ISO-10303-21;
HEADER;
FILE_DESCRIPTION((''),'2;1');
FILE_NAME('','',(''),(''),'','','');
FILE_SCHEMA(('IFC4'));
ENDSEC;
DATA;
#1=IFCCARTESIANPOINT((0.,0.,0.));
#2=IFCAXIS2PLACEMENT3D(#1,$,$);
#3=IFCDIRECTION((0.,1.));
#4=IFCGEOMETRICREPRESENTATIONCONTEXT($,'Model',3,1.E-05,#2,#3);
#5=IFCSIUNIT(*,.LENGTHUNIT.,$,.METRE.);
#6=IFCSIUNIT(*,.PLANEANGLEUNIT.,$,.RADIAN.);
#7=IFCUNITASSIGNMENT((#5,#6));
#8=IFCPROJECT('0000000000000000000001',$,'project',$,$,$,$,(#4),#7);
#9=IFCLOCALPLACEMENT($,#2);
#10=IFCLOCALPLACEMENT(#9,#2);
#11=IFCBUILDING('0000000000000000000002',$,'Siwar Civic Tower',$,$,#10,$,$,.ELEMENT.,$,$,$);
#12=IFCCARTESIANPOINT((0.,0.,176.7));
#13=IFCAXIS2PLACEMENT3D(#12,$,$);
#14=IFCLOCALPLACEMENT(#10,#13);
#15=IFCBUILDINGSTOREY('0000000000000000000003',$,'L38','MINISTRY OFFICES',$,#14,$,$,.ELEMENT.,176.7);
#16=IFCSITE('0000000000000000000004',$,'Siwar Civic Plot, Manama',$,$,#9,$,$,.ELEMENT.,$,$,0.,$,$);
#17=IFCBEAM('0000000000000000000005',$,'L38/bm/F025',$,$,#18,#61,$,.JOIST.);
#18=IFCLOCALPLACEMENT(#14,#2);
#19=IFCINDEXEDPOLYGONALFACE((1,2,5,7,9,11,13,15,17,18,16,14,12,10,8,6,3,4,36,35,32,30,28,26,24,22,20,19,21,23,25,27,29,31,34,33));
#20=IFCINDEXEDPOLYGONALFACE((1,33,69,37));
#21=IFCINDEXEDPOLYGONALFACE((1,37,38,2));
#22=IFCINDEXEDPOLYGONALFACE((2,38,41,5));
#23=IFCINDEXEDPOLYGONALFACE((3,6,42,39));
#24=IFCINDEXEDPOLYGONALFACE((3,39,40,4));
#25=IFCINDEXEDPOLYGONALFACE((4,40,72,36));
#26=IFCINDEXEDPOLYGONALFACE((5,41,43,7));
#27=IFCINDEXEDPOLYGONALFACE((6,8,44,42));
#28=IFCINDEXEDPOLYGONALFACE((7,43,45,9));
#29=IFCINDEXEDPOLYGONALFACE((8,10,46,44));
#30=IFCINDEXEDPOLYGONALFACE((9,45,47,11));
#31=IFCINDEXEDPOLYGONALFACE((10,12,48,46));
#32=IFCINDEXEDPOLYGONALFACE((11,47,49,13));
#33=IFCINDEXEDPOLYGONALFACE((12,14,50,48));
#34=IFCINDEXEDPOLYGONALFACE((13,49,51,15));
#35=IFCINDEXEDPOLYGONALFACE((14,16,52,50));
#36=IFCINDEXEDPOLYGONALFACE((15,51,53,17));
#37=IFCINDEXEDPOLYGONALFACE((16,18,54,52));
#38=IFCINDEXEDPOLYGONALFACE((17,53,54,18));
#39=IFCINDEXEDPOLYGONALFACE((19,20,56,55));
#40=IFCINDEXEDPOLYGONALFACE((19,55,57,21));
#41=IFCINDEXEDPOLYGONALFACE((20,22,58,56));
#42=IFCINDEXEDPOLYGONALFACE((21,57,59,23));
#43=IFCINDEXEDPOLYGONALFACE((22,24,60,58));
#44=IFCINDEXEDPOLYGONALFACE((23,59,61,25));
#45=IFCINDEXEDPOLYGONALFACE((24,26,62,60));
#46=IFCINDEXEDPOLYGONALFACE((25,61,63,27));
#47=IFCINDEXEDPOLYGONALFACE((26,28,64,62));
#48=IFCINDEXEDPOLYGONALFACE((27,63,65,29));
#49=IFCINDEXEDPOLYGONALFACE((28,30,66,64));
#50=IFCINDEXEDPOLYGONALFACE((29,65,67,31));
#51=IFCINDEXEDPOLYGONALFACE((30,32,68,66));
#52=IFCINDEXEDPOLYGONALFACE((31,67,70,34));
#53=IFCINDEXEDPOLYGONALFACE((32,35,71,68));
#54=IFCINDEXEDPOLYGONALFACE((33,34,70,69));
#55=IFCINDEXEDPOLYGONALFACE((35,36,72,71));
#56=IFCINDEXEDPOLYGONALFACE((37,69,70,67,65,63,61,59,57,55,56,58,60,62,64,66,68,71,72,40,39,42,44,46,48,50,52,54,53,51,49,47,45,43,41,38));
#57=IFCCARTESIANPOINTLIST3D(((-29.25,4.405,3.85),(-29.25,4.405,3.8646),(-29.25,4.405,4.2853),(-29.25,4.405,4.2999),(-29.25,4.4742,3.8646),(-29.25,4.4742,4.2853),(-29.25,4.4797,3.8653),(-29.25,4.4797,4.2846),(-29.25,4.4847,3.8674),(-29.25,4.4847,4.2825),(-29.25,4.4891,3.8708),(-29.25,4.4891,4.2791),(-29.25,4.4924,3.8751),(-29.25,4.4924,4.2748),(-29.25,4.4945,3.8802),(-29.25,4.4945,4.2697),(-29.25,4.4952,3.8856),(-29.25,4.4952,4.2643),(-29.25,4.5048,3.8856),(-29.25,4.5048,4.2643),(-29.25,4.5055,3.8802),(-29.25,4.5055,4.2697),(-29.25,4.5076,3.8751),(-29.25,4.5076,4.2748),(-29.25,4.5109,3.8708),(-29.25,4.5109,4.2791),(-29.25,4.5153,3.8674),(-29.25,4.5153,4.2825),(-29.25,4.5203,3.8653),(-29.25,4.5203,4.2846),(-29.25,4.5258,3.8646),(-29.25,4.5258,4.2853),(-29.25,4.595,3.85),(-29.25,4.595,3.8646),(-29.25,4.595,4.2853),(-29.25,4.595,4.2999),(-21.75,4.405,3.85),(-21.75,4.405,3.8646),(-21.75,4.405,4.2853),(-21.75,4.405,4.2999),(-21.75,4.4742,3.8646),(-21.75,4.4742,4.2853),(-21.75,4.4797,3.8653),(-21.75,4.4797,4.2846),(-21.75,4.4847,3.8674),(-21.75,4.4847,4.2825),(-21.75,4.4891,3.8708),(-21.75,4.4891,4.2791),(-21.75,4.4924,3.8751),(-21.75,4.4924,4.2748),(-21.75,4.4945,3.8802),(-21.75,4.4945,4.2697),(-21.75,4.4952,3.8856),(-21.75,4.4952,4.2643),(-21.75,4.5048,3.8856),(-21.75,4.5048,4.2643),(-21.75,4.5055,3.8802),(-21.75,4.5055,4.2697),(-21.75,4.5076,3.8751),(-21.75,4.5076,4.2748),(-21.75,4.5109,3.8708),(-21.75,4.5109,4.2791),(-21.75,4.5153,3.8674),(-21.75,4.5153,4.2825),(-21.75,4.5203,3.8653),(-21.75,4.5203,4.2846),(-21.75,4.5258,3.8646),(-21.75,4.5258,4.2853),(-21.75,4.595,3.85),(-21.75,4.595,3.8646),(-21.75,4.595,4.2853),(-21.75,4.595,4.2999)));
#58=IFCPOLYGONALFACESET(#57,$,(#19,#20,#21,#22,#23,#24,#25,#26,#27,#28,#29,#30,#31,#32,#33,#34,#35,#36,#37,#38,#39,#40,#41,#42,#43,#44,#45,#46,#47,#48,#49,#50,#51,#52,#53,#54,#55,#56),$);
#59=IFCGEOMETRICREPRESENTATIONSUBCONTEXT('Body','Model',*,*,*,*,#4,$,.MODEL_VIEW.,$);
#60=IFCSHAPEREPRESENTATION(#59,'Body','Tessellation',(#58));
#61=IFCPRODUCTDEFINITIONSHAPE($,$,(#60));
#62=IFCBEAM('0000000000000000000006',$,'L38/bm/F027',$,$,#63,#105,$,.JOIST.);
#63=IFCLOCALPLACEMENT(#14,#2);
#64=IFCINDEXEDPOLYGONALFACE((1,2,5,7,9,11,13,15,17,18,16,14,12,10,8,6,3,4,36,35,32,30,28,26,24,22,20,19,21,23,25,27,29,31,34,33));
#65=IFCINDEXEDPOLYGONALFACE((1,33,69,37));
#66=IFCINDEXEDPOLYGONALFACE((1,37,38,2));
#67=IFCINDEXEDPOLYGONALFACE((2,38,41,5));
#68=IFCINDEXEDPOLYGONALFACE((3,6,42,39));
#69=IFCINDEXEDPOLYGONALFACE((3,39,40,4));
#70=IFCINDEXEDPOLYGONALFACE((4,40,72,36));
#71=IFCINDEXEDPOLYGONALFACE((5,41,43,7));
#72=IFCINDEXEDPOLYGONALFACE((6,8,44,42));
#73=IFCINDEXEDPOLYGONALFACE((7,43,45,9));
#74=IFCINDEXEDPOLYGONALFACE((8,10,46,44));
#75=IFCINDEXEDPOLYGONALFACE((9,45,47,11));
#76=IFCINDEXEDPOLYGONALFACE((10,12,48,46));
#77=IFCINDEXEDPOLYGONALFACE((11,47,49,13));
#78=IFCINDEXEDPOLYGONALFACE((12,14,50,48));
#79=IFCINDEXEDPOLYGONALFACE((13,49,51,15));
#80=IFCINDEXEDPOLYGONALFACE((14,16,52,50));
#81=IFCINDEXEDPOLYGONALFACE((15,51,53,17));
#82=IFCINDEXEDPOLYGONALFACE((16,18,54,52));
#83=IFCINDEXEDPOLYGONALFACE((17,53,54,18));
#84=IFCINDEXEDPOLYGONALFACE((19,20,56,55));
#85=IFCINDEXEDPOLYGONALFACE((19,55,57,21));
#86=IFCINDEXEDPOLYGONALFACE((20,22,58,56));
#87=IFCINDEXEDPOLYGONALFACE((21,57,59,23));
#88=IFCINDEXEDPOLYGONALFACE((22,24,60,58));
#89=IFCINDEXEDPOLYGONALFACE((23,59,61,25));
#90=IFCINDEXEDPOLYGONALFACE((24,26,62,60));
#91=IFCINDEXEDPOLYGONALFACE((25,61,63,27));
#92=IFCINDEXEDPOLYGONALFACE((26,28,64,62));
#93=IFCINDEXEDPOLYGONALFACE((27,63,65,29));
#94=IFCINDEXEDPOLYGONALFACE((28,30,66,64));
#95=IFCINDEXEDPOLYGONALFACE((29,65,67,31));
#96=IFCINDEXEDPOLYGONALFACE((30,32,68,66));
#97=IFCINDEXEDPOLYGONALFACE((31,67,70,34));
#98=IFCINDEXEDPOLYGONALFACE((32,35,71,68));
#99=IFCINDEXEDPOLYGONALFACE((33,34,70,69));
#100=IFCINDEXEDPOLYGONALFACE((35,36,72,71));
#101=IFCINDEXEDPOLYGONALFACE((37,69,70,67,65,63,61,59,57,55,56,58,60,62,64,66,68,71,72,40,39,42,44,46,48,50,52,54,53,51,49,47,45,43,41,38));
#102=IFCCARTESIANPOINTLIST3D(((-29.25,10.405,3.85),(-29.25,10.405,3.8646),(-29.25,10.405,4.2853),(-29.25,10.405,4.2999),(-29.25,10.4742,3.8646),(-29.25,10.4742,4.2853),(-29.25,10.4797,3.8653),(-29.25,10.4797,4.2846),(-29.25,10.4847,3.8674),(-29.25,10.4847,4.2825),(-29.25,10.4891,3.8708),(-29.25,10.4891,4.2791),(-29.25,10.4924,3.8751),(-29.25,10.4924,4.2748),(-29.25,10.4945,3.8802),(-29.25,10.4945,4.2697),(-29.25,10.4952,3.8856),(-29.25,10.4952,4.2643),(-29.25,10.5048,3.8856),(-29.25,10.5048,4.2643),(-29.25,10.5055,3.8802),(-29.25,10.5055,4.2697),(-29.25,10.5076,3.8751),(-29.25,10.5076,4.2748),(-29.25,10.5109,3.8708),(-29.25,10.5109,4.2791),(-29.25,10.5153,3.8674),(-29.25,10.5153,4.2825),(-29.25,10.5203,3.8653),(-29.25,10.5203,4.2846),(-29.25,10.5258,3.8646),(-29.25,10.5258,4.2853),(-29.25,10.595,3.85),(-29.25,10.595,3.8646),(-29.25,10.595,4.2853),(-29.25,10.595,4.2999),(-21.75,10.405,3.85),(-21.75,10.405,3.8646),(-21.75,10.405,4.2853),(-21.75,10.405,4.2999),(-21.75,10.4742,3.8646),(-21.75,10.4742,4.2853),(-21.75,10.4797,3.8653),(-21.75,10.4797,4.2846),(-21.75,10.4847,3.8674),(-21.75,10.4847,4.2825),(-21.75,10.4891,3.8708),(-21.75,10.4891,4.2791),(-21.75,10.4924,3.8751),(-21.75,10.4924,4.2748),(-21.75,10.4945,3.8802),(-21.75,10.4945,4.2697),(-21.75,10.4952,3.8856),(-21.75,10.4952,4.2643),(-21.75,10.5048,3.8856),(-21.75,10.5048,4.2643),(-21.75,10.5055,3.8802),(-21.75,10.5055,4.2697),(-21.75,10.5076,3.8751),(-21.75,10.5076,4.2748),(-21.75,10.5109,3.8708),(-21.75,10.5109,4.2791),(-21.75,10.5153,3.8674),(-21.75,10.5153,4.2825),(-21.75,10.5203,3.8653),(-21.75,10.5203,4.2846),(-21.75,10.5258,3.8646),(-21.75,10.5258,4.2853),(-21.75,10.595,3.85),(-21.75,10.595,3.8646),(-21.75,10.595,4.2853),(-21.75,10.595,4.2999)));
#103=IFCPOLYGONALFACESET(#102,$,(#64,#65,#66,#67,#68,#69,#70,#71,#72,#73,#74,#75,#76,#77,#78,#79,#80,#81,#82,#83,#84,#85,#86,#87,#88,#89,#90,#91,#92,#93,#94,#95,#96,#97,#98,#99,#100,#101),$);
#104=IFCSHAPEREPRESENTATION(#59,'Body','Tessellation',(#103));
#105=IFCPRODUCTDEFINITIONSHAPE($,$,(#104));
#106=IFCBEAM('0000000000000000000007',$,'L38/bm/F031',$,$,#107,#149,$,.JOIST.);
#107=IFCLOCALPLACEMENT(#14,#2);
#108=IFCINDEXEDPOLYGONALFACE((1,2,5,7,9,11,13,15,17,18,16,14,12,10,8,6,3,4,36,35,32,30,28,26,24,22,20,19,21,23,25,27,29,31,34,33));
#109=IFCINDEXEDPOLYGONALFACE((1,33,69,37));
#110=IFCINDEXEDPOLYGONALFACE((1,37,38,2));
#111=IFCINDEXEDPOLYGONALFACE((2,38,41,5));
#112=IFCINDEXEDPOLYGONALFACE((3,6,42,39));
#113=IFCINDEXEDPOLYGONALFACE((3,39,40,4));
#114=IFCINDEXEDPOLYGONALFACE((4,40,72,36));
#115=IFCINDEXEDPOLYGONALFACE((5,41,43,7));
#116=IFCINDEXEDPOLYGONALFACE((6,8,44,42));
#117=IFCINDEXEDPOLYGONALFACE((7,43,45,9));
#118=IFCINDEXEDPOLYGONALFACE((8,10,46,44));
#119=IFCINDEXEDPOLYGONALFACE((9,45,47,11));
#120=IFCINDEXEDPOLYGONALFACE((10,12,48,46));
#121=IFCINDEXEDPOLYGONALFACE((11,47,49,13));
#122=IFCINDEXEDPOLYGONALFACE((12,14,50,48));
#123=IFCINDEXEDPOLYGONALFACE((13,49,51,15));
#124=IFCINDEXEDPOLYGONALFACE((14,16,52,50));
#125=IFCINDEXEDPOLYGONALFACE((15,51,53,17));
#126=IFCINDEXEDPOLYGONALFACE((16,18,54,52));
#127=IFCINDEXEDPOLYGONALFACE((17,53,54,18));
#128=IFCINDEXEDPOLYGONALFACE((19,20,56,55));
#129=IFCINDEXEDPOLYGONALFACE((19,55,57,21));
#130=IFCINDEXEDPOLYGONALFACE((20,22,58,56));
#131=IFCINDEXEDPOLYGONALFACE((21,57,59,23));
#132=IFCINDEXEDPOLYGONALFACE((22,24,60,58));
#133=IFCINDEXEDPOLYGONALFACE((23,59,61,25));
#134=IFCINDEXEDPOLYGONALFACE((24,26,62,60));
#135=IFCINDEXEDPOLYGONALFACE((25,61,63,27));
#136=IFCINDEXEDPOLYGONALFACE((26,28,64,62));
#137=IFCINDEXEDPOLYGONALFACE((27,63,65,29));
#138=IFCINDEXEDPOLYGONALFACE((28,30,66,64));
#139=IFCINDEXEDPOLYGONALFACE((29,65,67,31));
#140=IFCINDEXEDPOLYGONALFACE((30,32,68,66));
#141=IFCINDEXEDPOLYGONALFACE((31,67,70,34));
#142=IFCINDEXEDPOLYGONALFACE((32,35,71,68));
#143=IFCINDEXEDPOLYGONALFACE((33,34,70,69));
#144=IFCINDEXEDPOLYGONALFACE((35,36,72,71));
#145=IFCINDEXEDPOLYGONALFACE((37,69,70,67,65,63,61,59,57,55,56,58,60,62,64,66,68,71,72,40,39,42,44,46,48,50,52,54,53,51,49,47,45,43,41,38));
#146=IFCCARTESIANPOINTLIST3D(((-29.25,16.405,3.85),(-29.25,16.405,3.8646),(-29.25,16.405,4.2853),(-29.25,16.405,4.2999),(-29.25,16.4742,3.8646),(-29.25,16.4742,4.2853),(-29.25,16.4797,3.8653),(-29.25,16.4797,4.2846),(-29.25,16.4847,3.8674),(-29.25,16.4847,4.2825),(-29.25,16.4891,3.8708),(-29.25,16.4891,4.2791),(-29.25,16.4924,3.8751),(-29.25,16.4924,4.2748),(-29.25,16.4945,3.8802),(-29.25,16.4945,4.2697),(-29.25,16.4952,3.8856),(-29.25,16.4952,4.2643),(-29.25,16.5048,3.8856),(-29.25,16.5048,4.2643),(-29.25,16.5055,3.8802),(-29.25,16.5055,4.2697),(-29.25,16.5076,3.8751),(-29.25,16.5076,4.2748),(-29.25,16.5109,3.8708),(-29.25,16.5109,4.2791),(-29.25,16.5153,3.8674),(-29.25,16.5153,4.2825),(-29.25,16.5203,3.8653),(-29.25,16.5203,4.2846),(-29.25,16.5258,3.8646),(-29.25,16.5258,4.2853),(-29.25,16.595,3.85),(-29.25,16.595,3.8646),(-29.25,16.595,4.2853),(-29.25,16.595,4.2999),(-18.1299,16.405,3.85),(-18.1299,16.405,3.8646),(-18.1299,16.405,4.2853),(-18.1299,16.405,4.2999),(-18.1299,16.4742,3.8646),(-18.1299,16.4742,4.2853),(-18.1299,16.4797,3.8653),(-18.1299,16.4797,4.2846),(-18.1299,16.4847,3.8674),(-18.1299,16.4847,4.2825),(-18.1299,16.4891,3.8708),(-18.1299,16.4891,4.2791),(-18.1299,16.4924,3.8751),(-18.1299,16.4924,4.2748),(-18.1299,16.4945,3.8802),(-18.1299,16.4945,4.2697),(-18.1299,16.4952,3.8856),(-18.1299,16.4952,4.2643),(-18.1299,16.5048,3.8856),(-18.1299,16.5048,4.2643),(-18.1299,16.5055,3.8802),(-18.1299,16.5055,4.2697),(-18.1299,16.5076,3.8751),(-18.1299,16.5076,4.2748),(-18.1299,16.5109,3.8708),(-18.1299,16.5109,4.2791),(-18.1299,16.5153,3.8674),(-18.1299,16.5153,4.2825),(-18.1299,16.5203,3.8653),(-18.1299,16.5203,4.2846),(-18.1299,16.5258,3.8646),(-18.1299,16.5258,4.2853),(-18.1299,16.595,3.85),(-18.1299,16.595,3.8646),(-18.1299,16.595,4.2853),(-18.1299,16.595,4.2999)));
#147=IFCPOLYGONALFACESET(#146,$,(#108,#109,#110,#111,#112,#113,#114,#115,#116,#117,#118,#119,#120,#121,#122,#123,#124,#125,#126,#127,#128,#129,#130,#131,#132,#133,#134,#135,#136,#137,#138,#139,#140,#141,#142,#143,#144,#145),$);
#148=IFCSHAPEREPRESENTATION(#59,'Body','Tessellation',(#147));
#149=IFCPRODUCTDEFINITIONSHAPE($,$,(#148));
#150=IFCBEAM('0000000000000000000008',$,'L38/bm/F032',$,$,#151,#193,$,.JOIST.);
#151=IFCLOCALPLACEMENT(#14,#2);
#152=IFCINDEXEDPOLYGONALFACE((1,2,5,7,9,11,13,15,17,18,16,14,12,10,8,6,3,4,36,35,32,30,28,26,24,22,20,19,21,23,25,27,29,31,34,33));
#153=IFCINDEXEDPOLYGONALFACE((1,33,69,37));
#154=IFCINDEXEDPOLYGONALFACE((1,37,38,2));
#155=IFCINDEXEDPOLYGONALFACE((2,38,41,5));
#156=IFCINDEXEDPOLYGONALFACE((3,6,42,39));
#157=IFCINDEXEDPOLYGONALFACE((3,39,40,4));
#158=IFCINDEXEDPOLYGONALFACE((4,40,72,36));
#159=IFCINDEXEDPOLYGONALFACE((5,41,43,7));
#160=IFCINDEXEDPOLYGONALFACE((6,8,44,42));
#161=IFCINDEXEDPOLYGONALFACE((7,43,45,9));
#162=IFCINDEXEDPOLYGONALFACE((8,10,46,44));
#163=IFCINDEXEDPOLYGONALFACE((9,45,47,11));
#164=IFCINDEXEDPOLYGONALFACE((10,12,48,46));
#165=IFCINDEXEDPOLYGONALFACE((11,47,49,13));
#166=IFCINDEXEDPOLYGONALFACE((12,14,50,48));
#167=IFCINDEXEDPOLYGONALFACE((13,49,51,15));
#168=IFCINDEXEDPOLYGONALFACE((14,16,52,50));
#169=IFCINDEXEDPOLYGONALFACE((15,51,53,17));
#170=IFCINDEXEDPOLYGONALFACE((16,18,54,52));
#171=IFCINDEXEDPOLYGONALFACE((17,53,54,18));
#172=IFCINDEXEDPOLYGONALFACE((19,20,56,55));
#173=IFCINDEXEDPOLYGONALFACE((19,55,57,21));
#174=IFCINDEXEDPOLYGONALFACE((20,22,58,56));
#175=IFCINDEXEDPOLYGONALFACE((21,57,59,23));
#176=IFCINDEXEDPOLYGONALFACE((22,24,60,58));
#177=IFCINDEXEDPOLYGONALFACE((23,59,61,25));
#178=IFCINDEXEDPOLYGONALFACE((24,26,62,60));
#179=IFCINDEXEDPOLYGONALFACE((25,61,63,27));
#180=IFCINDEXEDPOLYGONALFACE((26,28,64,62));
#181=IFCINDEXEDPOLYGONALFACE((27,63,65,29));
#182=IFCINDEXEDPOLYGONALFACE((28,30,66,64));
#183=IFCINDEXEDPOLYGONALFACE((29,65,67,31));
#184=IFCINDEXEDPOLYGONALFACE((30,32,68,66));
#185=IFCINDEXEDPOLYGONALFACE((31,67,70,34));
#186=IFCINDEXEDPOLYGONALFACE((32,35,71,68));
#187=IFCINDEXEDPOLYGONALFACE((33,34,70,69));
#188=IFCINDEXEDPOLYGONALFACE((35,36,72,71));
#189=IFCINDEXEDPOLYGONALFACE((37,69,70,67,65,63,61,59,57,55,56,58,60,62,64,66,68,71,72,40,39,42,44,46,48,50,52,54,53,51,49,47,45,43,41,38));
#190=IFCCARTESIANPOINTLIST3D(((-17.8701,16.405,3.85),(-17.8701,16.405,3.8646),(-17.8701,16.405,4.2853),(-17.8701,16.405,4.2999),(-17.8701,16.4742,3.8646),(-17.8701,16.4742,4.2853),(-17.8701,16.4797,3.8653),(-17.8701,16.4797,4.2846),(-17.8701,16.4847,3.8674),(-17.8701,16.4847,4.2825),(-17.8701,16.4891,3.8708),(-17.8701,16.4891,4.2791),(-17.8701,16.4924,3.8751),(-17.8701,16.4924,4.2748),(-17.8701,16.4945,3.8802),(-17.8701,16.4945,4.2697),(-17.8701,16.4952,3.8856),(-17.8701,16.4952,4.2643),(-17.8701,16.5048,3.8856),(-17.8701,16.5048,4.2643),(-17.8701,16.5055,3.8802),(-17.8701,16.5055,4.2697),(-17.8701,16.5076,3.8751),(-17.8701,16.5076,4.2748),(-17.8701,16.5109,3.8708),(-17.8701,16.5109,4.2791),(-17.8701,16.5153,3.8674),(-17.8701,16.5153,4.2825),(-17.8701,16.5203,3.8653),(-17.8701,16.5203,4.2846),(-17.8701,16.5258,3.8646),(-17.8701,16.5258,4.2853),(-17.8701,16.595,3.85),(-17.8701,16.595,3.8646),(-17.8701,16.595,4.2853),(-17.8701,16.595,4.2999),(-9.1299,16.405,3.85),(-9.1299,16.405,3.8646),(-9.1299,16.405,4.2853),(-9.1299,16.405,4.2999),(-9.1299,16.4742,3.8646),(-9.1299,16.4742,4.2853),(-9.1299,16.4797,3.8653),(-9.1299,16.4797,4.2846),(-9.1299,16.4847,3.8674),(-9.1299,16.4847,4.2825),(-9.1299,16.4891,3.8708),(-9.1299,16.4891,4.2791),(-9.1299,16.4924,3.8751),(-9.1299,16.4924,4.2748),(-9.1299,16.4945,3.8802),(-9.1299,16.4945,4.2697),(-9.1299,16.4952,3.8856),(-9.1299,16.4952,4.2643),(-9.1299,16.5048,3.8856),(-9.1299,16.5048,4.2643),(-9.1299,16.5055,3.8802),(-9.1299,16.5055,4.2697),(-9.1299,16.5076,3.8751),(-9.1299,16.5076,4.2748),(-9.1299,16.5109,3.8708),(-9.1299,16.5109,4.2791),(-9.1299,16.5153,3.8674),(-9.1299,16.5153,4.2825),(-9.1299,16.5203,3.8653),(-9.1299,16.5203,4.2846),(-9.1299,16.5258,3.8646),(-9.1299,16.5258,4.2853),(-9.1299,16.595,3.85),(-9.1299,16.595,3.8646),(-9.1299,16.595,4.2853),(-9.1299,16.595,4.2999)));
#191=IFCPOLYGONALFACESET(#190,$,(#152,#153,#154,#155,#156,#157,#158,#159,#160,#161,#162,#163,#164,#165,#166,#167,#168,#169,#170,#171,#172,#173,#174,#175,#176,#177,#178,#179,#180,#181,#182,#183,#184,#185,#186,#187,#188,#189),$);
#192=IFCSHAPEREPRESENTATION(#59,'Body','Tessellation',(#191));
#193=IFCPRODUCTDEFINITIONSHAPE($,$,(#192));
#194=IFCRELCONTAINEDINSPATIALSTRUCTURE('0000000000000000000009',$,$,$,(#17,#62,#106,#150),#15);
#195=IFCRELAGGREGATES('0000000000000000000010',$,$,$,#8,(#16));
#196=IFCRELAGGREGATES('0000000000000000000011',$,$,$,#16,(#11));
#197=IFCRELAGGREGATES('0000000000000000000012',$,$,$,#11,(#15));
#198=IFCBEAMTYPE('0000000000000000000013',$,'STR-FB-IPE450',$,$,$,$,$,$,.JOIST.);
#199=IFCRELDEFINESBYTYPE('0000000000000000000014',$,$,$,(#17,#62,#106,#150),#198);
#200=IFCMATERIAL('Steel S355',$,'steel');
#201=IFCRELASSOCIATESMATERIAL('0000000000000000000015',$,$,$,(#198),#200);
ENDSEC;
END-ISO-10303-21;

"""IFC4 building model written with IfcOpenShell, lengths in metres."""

from ifc_helpers import new_model, si_unit, direction, frame, origin, origin_2d, place, context, subcontext, project, spatial, i_section, extrude, material, material_profile, profile_set, type_object, element, save


model = new_model("IFC4")

# Units and contexts
model_context = context("Model", 3, precision=1e-05, world=origin(), true_north=direction((0.0, 1.0)))
body_context = subcontext(model_context, "Body", "Model", "MODEL_VIEW")
ifc_project = project(units=[si_unit("LENGTHUNIT", "METRE"), si_unit("PLANEANGLEUNIT", "RADIAN")], contexts=[model_context])

# Site, building, storey
site_placement = place(None, origin())
site = spatial("IfcSite", under=ifc_project, at=site_placement, Name="Siwar Civic Plot, Manama", CompositionType="ELEMENT", RefElevation=0.0)
building_placement = place(site_placement, origin())
building = spatial("IfcBuilding", under=site, at=building_placement, Name="Siwar Civic Tower", CompositionType="ELEMENT")
storey_placement = place(building_placement, frame((0.0, 0.0, 176.7)))
storey = spatial("IfcBuildingStorey", under=building, at=storey_placement, Name="L38", Description="MINISTRY OFFICES", CompositionType="ELEMENT", Elevation=176.7)

# Beams
ifc_material_1 = material(Name="Steel S355", Category="steel")
ifc_material_profile_1 = material_profile(ifc_material_1, i_section(OverallWidth=0.1899, OverallDepth=0.45, WebThickness=0.0095, FlangeThickness=0.0146, FilletRadius=0.021, at=origin_2d()), Name="IPE450")
ifc_profile_set_1 = profile_set([ifc_material_profile_1], Name="Steel S355")
beam_type_1 = type_object("IfcBeamType", Name="STR-FB-IPE450", PredefinedType="JOIST", material=ifc_profile_set_1)
for number, where, z_axis, x_axis, name in (
    (1, (-29.25, 4.5, 4.075), (1.0, 0.0, 0.0), (0.0, 1.0, 0.0), "L38/bm/F025"),
    (2, (-29.25, 10.5, 4.075), (1.0, 0.0, 0.0), (0.0, 1.0, 0.0), "L38/bm/F027"),
):
    element("IfcBeam", number, at=place(storey_placement, frame(where, z_axis=z_axis, x_axis=x_axis)), inside=storey, type_object=beam_type_1, Name=name, PredefinedType="JOIST", context=body_context, shape_type="SweptSolid", body=[
        extrude(i_section(OverallWidth=0.1899, OverallDepth=0.45, WebThickness=0.0095, FlangeThickness=0.0146, FilletRadius=0.021, at=origin_2d()), origin(), (0.0, 0.0, 1.0), 7.5),
    ])
beam_1_placement = place(storey_placement, frame((-29.25, 16.5, 4.075), z_axis=(1.0, 0.0, 0.0), x_axis=(0.0, 1.0, 0.0)))
element("IfcBeam", 3, at=beam_1_placement, inside=storey, type_object=beam_type_1, Name="L38/bm/F031", PredefinedType="JOIST", context=body_context, shape_type="SweptSolid", body=[
    extrude(i_section(OverallWidth=0.1899, OverallDepth=0.45, WebThickness=0.0095, FlangeThickness=0.0146, FilletRadius=0.021, at=origin_2d()), origin(), (0.0, 0.0, 1.0), 11.1201),
])
beam_2_placement = place(storey_placement, frame((-17.8701, 16.5, 4.075), z_axis=(1.0, 0.0, 0.0), x_axis=(0.0, 1.0, 0.0)))
element("IfcBeam", 4, at=beam_2_placement, inside=storey, type_object=beam_type_1, Name="L38/bm/F032", PredefinedType="JOIST", context=body_context, shape_type="SweptSolid", body=[
    extrude(i_section(OverallWidth=0.1899, OverallDepth=0.45, WebThickness=0.0095, FlangeThickness=0.0146, FilletRadius=0.021, at=origin_2d()), origin(), (0.0, 0.0, 1.0), 8.7402),
])

save(model, "model.ifc")
